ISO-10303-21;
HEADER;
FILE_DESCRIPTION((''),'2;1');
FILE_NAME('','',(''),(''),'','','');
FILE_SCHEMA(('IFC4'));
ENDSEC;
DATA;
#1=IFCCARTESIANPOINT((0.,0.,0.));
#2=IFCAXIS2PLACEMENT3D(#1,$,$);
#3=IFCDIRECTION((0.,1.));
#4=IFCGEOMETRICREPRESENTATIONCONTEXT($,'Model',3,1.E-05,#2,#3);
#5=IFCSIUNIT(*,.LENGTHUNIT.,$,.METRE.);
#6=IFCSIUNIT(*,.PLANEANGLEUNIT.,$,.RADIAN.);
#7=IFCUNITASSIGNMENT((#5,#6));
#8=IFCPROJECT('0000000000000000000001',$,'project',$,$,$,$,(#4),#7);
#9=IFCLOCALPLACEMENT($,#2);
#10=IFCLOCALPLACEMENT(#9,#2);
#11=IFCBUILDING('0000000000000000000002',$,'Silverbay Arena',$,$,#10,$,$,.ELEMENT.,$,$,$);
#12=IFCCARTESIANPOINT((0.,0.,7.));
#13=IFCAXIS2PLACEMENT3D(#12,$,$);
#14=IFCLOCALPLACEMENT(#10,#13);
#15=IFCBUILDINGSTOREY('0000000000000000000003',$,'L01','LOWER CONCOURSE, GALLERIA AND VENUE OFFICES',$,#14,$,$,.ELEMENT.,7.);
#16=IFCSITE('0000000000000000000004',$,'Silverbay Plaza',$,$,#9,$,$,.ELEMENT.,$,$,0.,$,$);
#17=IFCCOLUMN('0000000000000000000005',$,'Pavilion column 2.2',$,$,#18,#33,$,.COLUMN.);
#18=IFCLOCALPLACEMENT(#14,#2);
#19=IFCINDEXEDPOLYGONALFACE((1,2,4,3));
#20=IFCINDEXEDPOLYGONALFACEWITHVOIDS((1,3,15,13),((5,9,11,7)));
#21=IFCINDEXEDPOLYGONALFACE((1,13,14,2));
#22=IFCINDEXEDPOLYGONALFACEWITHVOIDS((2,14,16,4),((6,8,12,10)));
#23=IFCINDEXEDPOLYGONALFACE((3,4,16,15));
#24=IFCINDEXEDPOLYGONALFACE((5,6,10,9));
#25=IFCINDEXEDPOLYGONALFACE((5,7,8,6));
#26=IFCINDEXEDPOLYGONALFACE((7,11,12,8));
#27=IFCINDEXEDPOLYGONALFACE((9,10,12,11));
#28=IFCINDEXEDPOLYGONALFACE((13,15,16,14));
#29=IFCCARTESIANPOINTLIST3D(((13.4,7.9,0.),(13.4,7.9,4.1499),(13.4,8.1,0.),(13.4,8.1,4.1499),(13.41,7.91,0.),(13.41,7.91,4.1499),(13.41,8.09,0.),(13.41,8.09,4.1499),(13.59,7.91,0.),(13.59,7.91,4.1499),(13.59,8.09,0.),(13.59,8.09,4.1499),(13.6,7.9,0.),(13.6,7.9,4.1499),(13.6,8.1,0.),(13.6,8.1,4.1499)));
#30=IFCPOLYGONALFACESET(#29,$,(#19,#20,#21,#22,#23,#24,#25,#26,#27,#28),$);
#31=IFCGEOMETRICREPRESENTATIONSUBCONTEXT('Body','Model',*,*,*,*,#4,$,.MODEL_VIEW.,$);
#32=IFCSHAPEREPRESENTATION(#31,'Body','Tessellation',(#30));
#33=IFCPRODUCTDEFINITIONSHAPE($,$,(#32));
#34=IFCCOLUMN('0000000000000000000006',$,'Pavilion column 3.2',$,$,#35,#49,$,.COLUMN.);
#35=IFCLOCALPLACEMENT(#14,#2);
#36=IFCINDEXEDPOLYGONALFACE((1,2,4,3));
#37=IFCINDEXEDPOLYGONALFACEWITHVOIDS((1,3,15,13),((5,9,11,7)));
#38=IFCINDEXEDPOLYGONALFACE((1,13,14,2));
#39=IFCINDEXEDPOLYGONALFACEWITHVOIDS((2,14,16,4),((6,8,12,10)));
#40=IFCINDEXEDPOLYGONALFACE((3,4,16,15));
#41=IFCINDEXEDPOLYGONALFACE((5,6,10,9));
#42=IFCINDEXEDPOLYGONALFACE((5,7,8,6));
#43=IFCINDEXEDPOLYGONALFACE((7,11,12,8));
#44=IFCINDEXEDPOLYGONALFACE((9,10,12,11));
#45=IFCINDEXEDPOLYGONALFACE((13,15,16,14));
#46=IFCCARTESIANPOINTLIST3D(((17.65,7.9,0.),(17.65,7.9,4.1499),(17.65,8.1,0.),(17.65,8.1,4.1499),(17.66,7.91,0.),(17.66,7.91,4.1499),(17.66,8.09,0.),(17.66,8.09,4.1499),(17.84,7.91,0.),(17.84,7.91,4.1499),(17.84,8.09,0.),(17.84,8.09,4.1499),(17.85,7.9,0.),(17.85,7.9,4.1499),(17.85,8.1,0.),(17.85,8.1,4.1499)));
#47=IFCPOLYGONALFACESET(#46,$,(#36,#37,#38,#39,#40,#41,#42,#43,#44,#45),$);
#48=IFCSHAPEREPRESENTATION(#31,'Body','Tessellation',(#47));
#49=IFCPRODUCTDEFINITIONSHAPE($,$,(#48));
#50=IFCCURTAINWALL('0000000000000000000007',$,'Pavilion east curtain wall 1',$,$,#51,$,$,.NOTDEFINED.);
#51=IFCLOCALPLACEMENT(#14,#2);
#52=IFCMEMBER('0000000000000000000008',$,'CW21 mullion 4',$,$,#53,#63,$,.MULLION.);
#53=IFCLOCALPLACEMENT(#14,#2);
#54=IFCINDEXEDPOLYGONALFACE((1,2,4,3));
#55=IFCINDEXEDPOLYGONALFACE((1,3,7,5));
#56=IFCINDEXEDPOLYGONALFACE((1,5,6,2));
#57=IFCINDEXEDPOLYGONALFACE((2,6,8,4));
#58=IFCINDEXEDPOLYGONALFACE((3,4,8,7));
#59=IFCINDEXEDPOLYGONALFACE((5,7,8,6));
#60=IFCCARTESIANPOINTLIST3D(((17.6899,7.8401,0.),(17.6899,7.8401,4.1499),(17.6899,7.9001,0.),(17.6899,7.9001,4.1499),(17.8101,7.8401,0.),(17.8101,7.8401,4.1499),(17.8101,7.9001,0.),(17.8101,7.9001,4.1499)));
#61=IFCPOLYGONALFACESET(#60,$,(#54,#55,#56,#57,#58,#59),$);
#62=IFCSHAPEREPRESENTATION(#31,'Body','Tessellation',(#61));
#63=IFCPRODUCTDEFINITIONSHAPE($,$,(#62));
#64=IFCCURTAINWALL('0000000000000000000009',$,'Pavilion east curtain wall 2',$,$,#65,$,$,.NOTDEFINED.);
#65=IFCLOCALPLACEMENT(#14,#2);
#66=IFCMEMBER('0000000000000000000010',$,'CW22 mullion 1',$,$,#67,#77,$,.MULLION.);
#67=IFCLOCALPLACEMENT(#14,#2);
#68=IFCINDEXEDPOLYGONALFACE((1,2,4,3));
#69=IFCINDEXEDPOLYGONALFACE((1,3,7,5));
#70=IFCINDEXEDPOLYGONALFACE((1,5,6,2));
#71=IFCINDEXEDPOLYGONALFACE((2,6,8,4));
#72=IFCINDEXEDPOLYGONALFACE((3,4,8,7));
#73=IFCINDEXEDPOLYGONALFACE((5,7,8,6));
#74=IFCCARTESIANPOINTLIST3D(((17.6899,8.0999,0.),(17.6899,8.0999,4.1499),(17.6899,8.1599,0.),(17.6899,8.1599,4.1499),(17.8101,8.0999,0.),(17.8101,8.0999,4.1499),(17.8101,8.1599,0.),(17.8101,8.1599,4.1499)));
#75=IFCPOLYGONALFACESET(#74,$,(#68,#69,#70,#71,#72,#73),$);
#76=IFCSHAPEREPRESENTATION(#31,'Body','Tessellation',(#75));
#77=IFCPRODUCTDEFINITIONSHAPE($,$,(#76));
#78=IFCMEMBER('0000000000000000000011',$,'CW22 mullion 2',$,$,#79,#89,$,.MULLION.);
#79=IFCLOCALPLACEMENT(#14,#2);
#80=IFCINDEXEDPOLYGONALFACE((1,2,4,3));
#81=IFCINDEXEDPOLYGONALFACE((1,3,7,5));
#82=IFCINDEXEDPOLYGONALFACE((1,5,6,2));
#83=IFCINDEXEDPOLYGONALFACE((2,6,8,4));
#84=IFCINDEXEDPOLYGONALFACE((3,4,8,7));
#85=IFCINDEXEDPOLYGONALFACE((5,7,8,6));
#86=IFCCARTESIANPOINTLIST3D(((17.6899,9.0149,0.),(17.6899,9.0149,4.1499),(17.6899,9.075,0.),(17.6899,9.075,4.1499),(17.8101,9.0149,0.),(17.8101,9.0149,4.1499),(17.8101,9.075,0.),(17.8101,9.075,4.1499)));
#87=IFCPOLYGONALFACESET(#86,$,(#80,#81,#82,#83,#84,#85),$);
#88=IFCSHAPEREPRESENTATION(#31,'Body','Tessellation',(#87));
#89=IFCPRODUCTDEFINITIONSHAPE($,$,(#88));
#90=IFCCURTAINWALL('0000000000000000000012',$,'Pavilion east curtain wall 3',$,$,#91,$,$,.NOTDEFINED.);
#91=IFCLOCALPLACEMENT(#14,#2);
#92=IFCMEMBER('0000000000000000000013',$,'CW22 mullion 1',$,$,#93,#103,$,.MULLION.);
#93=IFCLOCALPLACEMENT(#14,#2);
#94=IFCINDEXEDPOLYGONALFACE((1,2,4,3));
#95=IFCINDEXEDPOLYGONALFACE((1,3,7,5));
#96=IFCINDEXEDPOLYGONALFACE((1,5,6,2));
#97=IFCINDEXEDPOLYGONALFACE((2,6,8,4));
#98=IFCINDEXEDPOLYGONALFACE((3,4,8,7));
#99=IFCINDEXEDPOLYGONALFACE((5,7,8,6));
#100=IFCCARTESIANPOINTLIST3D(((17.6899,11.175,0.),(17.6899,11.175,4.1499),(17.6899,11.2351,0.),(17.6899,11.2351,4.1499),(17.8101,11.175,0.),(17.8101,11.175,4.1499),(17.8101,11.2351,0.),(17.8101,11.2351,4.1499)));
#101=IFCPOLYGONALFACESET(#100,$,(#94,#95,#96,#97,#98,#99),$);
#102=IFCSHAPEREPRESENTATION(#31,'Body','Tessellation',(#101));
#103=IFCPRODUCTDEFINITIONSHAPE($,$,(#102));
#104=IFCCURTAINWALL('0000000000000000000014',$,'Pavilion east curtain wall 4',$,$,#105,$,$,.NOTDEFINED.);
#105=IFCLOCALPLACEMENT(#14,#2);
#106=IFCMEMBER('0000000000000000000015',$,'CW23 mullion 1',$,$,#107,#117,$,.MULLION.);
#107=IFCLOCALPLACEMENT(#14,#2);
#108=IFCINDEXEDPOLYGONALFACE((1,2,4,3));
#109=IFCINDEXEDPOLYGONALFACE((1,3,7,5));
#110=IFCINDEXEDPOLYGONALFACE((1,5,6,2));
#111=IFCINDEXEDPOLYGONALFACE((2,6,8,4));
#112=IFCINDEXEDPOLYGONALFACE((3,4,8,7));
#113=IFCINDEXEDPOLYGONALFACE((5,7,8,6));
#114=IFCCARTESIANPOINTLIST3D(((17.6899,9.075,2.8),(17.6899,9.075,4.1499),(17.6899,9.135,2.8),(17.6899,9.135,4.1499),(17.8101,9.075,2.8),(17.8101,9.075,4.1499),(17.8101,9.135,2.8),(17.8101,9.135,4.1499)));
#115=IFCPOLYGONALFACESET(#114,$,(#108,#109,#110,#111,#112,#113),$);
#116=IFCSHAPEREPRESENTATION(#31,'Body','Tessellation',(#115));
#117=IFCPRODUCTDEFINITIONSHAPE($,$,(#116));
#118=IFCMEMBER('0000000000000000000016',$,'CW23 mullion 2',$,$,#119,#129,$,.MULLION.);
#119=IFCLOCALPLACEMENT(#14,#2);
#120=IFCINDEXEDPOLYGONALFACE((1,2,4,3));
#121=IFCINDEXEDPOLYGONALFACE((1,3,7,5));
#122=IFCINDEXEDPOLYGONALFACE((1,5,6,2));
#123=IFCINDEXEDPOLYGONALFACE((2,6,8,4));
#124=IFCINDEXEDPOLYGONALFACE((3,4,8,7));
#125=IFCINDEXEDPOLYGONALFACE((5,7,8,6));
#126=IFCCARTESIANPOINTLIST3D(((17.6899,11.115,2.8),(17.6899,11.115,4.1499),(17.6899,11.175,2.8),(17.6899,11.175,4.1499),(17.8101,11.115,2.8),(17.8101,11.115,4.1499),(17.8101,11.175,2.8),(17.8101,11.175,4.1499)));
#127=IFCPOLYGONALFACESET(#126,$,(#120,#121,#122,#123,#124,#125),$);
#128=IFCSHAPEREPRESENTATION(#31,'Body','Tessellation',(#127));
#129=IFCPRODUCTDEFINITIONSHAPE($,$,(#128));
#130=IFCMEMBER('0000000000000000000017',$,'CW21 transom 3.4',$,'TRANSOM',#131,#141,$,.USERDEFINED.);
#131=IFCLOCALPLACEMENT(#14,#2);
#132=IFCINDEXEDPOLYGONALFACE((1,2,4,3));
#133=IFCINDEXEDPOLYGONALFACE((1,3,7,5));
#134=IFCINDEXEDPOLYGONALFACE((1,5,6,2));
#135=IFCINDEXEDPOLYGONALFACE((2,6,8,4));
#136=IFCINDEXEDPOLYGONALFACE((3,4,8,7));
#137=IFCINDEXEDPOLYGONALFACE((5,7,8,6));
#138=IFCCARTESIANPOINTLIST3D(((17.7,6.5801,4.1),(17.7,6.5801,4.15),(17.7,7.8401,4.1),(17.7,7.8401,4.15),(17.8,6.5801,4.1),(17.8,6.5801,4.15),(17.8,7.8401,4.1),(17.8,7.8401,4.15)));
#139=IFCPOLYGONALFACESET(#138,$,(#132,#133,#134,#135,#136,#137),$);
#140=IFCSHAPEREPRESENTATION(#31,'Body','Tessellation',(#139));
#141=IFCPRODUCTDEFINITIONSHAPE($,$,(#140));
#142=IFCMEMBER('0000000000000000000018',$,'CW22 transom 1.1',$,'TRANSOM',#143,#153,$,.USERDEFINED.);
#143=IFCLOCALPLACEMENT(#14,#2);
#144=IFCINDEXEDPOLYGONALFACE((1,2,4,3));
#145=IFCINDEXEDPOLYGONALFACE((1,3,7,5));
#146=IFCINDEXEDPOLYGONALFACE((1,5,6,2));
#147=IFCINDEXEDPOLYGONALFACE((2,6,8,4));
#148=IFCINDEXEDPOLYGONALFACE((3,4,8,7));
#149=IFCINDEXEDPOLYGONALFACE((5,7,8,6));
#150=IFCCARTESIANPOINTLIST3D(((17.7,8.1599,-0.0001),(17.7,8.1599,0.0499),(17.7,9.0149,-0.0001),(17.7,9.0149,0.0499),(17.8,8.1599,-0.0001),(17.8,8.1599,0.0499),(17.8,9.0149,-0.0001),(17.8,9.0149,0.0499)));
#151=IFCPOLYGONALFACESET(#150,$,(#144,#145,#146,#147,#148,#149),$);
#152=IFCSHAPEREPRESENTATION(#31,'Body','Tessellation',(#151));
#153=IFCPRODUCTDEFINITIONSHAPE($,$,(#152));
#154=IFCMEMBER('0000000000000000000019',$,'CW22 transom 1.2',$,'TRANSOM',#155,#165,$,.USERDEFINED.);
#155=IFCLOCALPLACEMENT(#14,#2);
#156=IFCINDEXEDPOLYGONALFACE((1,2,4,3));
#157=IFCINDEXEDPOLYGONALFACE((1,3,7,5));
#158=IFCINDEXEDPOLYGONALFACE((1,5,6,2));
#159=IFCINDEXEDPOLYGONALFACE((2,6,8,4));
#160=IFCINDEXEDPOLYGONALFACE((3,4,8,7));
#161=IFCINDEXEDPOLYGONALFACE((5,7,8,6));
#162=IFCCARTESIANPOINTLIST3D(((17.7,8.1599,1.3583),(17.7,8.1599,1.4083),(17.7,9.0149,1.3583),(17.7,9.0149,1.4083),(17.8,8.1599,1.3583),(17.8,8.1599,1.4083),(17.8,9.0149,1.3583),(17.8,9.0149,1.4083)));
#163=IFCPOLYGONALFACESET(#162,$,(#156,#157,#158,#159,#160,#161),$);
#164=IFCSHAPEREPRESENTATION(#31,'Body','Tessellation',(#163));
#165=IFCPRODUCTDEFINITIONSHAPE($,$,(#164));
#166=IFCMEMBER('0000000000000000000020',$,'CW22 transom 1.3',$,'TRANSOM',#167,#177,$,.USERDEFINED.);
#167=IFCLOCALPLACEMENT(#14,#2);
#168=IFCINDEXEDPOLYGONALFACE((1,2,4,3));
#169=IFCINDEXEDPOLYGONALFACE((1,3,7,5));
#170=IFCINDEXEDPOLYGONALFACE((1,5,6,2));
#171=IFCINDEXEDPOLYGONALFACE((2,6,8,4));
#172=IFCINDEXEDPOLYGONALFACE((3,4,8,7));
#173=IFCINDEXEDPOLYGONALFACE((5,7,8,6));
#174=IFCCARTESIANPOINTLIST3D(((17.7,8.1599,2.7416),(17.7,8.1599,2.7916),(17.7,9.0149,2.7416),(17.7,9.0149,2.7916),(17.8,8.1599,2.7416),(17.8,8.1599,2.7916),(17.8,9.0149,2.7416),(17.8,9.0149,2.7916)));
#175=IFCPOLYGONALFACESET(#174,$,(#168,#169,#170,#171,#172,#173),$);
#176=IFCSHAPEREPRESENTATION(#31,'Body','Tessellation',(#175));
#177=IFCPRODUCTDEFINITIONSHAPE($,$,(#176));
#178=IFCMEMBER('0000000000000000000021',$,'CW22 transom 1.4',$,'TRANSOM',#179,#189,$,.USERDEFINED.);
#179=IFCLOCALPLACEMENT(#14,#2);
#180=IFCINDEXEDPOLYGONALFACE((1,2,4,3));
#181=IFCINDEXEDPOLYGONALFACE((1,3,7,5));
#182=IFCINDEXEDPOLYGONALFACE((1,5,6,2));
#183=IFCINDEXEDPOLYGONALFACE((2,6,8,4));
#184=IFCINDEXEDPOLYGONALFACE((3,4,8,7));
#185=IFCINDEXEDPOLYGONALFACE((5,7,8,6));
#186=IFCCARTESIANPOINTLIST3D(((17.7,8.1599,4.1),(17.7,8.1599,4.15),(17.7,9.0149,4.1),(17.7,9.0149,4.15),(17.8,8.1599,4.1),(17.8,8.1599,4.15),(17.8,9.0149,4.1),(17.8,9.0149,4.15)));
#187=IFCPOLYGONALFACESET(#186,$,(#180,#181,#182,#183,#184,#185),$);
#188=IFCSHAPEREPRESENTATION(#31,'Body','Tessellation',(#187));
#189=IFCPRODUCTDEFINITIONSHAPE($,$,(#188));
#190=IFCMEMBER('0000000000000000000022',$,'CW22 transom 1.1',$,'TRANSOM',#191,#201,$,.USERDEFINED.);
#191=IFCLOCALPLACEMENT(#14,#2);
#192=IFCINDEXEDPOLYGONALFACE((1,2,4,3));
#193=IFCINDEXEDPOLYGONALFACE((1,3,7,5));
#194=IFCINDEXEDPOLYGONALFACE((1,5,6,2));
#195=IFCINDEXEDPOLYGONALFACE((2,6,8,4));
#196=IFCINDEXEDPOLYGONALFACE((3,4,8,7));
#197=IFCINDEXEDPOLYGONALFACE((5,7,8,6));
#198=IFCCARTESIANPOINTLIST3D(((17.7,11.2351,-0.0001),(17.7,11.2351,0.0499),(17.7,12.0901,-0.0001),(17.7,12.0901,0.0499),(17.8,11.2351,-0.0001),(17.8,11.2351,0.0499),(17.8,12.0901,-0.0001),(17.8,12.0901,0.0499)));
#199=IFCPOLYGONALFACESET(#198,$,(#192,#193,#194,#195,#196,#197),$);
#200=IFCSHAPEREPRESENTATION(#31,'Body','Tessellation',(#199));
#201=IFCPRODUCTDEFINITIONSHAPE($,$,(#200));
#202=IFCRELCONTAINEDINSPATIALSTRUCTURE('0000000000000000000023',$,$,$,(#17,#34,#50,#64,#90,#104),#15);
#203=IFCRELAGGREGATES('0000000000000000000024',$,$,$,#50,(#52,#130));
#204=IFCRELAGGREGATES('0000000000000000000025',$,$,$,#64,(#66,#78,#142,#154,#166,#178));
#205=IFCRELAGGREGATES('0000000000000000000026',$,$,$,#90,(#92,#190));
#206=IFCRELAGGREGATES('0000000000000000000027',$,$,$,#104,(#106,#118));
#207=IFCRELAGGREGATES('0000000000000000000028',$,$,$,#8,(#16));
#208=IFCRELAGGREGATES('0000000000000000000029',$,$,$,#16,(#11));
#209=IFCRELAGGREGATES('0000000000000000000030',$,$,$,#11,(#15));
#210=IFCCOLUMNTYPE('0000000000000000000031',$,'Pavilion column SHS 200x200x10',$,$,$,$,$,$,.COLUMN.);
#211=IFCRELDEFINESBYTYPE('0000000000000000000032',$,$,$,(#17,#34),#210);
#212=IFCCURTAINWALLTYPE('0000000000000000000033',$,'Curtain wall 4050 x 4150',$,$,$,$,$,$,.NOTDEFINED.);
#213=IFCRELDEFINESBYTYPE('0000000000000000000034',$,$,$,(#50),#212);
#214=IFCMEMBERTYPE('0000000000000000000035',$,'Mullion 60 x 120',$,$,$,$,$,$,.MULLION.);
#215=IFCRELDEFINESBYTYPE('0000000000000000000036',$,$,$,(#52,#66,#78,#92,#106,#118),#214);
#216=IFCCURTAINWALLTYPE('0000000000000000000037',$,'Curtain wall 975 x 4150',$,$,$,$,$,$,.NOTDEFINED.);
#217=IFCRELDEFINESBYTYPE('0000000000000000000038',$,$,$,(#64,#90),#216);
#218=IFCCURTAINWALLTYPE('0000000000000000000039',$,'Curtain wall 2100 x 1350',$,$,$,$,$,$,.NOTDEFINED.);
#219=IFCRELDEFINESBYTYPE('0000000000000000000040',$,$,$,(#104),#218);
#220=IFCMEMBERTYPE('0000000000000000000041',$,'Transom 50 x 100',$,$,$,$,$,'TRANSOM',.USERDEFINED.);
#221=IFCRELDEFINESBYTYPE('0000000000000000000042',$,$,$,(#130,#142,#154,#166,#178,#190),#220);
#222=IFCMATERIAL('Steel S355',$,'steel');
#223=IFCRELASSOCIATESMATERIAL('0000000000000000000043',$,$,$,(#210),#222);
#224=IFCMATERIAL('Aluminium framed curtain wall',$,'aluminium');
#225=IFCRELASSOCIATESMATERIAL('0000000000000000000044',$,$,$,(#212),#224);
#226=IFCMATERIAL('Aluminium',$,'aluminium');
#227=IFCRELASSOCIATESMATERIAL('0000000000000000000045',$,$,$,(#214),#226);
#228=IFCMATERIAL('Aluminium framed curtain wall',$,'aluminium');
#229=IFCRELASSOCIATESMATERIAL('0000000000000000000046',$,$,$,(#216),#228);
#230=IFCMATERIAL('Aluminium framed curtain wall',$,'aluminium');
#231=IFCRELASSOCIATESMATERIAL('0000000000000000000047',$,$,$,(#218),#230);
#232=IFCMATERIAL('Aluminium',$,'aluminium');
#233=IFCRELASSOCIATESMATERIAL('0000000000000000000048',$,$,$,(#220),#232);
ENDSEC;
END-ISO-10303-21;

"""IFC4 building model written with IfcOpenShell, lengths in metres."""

from ifc_helpers import new_model, si_unit, direction, frame, origin, origin_2d, place, context, subcontext, project, spatial, rectangle, hollow_rectangle, extrude, material, material_profile, profile_set, type_object, element, aggregate, save


model = new_model("IFC4")

# Units and contexts
model_context = context("Model", 3, precision=1e-05, world=origin(), true_north=direction((0.0, 1.0)))
body_context = subcontext(model_context, "Body", "Model", "MODEL_VIEW")
ifc_project = project(units=[si_unit("LENGTHUNIT", "METRE"), si_unit("PLANEANGLEUNIT", "RADIAN")], contexts=[model_context])

# Site, building, storey
site_placement = place(None, origin())
site = spatial("IfcSite", under=ifc_project, at=site_placement, Name="Silverbay Plaza", CompositionType="ELEMENT", RefElevation=0.0)
building_placement = place(site_placement, origin())
building = spatial("IfcBuilding", under=site, at=building_placement, Name="Silverbay Arena", CompositionType="ELEMENT")
storey_placement = place(building_placement, frame((0.0, 0.0, 7.0)))
storey = spatial("IfcBuildingStorey", under=building, at=storey_placement, Name="L01", Description="LOWER CONCOURSE, GALLERIA AND VENUE OFFICES", CompositionType="ELEMENT", Elevation=7.0)

# Columns
ifc_material_1 = material(Name="Steel S355", Category="steel")
ifc_material_profile_1 = material_profile(ifc_material_1, hollow_rectangle(XDim=0.2, YDim=0.2, WallThickness=0.01, at=origin_2d()), Name="SHS 200x200x10")
ifc_profile_set_1 = profile_set([ifc_material_profile_1], Name="Steel S355")
column_type = type_object("IfcColumnType", Name="Pavilion column SHS 200x200x10", PredefinedType="COLUMN", material=ifc_profile_set_1)
for number, where, z_axis, x_axis, name in (
    (1, (13.5, 8.0, 0.0), (0.0, 0.0, 1.0), (1.0, 0.0, 0.0), "Pavilion column 2.2"),
    (2, (17.75, 8.0, 0.0), (0.0, 0.0, 1.0), (1.0, 0.0, 0.0), "Pavilion column 3.2"),
):
    element("IfcColumn", number, at=place(storey_placement, frame(where, z_axis=z_axis, x_axis=x_axis)), inside=storey, type_object=column_type, Name=name, PredefinedType="COLUMN", context=body_context, shape_type="SweptSolid", body=[
        extrude(hollow_rectangle(XDim=0.2, YDim=0.2, WallThickness=0.01, at=origin_2d()), origin(), (0.0, 0.0, 1.0), 4.1499),
    ])

# Curtain wall, member
ifc_material_2 = material(Name="Aluminium framed curtain wall", Category="aluminium")
curtain_wall_type_1 = type_object("IfcCurtainWallType", Name="Curtain wall 4050 x 4150", PredefinedType="NOTDEFINED", material=ifc_material_2)
curtain_wall_1_placement = place(storey_placement, origin())
curtain_wall_1 = element("IfcCurtainWall", 3, at=curtain_wall_1_placement, inside=storey, type_object=curtain_wall_type_1, Name="Pavilion east curtain wall 1", PredefinedType="NOTDEFINED")
ifc_material_3 = material(Name="Aluminium", Category="aluminium")
ifc_material_profile_2 = material_profile(ifc_material_3, rectangle(XDim=0.1201, YDim=0.0601, at=origin_2d()), Name="Mullion 60 x 120")
ifc_profile_set_2 = profile_set([ifc_material_profile_2], Name="Aluminium")
member_type_1 = type_object("IfcMemberType", Name="Mullion 60 x 120", PredefinedType="MULLION", material=ifc_profile_set_2)
member_1_placement = place(storey_placement, frame((17.75, 7.8701, 0.0), z_axis=(0.0, 0.0, 1.0), x_axis=(-1.0, 0.0, 0.0)))
member_1 = element("IfcMember", 4, at=member_1_placement, type_object=member_type_1, Name="CW21 mullion 4", PredefinedType="MULLION", context=body_context, shape_type="SweptSolid", body=[
    extrude(rectangle(XDim=0.1201, YDim=0.0601, at=origin_2d()), origin(), (0.0, 0.0, 1.0), 4.1499),
])

# Curtain wall, members
ifc_material_4 = material(Name="Aluminium framed curtain wall", Category="aluminium")
curtain_wall_type_2 = type_object("IfcCurtainWallType", Name="Curtain wall 975 x 4150", PredefinedType="NOTDEFINED", material=ifc_material_4)
curtain_wall_2_placement = place(storey_placement, origin())
curtain_wall_2 = element("IfcCurtainWall", 5, at=curtain_wall_2_placement, inside=storey, type_object=curtain_wall_type_2, Name="Pavilion east curtain wall 2", PredefinedType="NOTDEFINED")
member_2_placement = place(storey_placement, frame((17.75, 8.1299, 0.0), z_axis=(0.0, 0.0, 1.0), x_axis=(-1.0, 0.0, 0.0)))
member_2 = element("IfcMember", 6, at=member_2_placement, type_object=member_type_1, Name="CW22 mullion 1", PredefinedType="MULLION", context=body_context, shape_type="SweptSolid", body=[
    extrude(rectangle(XDim=0.1201, YDim=0.0601, at=origin_2d()), origin(), (0.0, 0.0, 1.0), 4.1499),
])
member_3_placement = place(storey_placement, frame((17.75, 9.0449, 0.0), z_axis=(0.0, 0.0, 1.0), x_axis=(-1.0, 0.0, 0.0)))
member_3 = element("IfcMember", 7, at=member_3_placement, type_object=member_type_1, Name="CW22 mullion 2", PredefinedType="MULLION", context=body_context, shape_type="SweptSolid", body=[
    extrude(rectangle(XDim=0.1201, YDim=0.0601, at=origin_2d()), origin(), (0.0, 0.0, 1.0), 4.1499),
])

# Curtain wall, member
curtain_wall_3_placement = place(storey_placement, origin())
curtain_wall_3 = element("IfcCurtainWall", 8, at=curtain_wall_3_placement, inside=storey, type_object=curtain_wall_type_2, Name="Pavilion east curtain wall 3", PredefinedType="NOTDEFINED")
member_4_placement = place(storey_placement, frame((17.75, 11.2051, 0.0), z_axis=(0.0, 0.0, 1.0), x_axis=(-1.0, 0.0, 0.0)))
member_4 = element("IfcMember", 9, at=member_4_placement, type_object=member_type_1, Name="CW22 mullion 1", PredefinedType="MULLION", context=body_context, shape_type="SweptSolid", body=[
    extrude(rectangle(XDim=0.1201, YDim=0.0601, at=origin_2d()), origin(), (0.0, 0.0, 1.0), 4.1499),
])

# Curtain wall, members
ifc_material_5 = material(Name="Aluminium framed curtain wall", Category="aluminium")
curtain_wall_type_3 = type_object("IfcCurtainWallType", Name="Curtain wall 2100 x 1350", PredefinedType="NOTDEFINED", material=ifc_material_5)
curtain_wall_4_placement = place(storey_placement, origin())
curtain_wall_4 = element("IfcCurtainWall", 10, at=curtain_wall_4_placement, inside=storey, type_object=curtain_wall_type_3, Name="Pavilion east curtain wall 4", PredefinedType="NOTDEFINED")
member_5_placement = place(storey_placement, frame((17.75, 9.105, 2.8), z_axis=(0.0, 0.0, 1.0), x_axis=(-1.0, 0.0, 0.0)))
member_5 = element("IfcMember", 11, at=member_5_placement, type_object=member_type_1, Name="CW23 mullion 1", PredefinedType="MULLION", context=body_context, shape_type="SweptSolid", body=[
    extrude(rectangle(XDim=0.1201, YDim=0.0601, at=origin_2d()), origin(), (0.0, 0.0, 1.0), 1.3499),
])
member_6_placement = place(storey_placement, frame((17.75, 11.145, 2.8), z_axis=(0.0, 0.0, 1.0), x_axis=(-1.0, 0.0, 0.0)))
member_6 = element("IfcMember", 12, at=member_6_placement, type_object=member_type_1, Name="CW23 mullion 2", PredefinedType="MULLION", context=body_context, shape_type="SweptSolid", body=[
    extrude(rectangle(XDim=0.1201, YDim=0.0601, at=origin_2d()), origin(), (0.0, 0.0, 1.0), 1.3499),
])

# Members
ifc_material_6 = material(Name="Aluminium", Category="aluminium")
ifc_material_profile_3 = material_profile(ifc_material_6, rectangle(XDim=0.1001, YDim=0.05, at=origin_2d()), Name="Transom 50 x 100")
ifc_profile_set_3 = profile_set([ifc_material_profile_3], Name="Aluminium")
member_type_2 = type_object("IfcMemberType", Name="Transom 50 x 100", ElementType="TRANSOM", PredefinedType="USERDEFINED", material=ifc_profile_set_3)
member_7_placement = place(storey_placement, frame((17.75, 6.5801, 4.125), z_axis=(0.0, 1.0, 0.0), x_axis=(-1.0, 0.0, 0.0)))
member_7 = element("IfcMember", 13, at=member_7_placement, type_object=member_type_2, Name="CW21 transom 3.4", ObjectType="TRANSOM", PredefinedType="USERDEFINED", context=body_context, shape_type="SweptSolid", body=[
    extrude(rectangle(XDim=0.1001, YDim=0.05, at=origin_2d()), origin(), (0.0, 0.0, 1.0), 1.26),
])
member_8_placement = place(storey_placement, frame((17.75, 8.1599, 0.0249), z_axis=(0.0, 1.0, 0.0), x_axis=(-1.0, 0.0, 0.0)))
member_8 = element("IfcMember", 14, at=member_8_placement, type_object=member_type_2, Name="CW22 transom 1.1", ObjectType="TRANSOM", PredefinedType="USERDEFINED", context=body_context, shape_type="SweptSolid", body=[
    extrude(rectangle(XDim=0.1001, YDim=0.05, at=origin_2d()), origin(), (0.0, 0.0, 1.0), 0.855),
])
member_9_placement = place(storey_placement, frame((17.75, 8.1599, 1.3833), z_axis=(0.0, 1.0, 0.0), x_axis=(-1.0, 0.0, 0.0)))
member_9 = element("IfcMember", 15, at=member_9_placement, type_object=member_type_2, Name="CW22 transom 1.2", ObjectType="TRANSOM", PredefinedType="USERDEFINED", context=body_context, shape_type="SweptSolid", body=[
    extrude(rectangle(XDim=0.1001, YDim=0.05, at=origin_2d()), origin(), (0.0, 0.0, 1.0), 0.855),
])
member_10_placement = place(storey_placement, frame((17.75, 8.1599, 2.7666), z_axis=(0.0, 1.0, 0.0), x_axis=(-1.0, 0.0, 0.0)))
member_10 = element("IfcMember", 16, at=member_10_placement, type_object=member_type_2, Name="CW22 transom 1.3", ObjectType="TRANSOM", PredefinedType="USERDEFINED", context=body_context, shape_type="SweptSolid", body=[
    extrude(rectangle(XDim=0.1001, YDim=0.05, at=origin_2d()), origin(), (0.0, 0.0, 1.0), 0.855),
])
member_11_placement = place(storey_placement, frame((17.75, 8.1599, 4.125), z_axis=(0.0, 1.0, 0.0), x_axis=(-1.0, 0.0, 0.0)))
member_11 = element("IfcMember", 17, at=member_11_placement, type_object=member_type_2, Name="CW22 transom 1.4", ObjectType="TRANSOM", PredefinedType="USERDEFINED", context=body_context, shape_type="SweptSolid", body=[
    extrude(rectangle(XDim=0.1001, YDim=0.05, at=origin_2d()), origin(), (0.0, 0.0, 1.0), 0.855),
])
member_12_placement = place(storey_placement, frame((17.75, 11.2351, 0.0249), z_axis=(0.0, 1.0, 0.0), x_axis=(-1.0, 0.0, 0.0)))
member_12 = element("IfcMember", 18, at=member_12_placement, type_object=member_type_2, Name="CW22 transom 1.1", ObjectType="TRANSOM", PredefinedType="USERDEFINED", context=body_context, shape_type="SweptSolid", body=[
    extrude(rectangle(XDim=0.1001, YDim=0.05, at=origin_2d()), origin(), (0.0, 0.0, 1.0), 0.855),
])

aggregate(curtain_wall_1, [member_1, member_7])
aggregate(curtain_wall_2, [member_2, member_3, member_8, member_9, member_10, member_11])
aggregate(curtain_wall_3, [member_4, member_12])
aggregate(curtain_wall_4, [member_5, member_6])

save(model, "model.ifc")
